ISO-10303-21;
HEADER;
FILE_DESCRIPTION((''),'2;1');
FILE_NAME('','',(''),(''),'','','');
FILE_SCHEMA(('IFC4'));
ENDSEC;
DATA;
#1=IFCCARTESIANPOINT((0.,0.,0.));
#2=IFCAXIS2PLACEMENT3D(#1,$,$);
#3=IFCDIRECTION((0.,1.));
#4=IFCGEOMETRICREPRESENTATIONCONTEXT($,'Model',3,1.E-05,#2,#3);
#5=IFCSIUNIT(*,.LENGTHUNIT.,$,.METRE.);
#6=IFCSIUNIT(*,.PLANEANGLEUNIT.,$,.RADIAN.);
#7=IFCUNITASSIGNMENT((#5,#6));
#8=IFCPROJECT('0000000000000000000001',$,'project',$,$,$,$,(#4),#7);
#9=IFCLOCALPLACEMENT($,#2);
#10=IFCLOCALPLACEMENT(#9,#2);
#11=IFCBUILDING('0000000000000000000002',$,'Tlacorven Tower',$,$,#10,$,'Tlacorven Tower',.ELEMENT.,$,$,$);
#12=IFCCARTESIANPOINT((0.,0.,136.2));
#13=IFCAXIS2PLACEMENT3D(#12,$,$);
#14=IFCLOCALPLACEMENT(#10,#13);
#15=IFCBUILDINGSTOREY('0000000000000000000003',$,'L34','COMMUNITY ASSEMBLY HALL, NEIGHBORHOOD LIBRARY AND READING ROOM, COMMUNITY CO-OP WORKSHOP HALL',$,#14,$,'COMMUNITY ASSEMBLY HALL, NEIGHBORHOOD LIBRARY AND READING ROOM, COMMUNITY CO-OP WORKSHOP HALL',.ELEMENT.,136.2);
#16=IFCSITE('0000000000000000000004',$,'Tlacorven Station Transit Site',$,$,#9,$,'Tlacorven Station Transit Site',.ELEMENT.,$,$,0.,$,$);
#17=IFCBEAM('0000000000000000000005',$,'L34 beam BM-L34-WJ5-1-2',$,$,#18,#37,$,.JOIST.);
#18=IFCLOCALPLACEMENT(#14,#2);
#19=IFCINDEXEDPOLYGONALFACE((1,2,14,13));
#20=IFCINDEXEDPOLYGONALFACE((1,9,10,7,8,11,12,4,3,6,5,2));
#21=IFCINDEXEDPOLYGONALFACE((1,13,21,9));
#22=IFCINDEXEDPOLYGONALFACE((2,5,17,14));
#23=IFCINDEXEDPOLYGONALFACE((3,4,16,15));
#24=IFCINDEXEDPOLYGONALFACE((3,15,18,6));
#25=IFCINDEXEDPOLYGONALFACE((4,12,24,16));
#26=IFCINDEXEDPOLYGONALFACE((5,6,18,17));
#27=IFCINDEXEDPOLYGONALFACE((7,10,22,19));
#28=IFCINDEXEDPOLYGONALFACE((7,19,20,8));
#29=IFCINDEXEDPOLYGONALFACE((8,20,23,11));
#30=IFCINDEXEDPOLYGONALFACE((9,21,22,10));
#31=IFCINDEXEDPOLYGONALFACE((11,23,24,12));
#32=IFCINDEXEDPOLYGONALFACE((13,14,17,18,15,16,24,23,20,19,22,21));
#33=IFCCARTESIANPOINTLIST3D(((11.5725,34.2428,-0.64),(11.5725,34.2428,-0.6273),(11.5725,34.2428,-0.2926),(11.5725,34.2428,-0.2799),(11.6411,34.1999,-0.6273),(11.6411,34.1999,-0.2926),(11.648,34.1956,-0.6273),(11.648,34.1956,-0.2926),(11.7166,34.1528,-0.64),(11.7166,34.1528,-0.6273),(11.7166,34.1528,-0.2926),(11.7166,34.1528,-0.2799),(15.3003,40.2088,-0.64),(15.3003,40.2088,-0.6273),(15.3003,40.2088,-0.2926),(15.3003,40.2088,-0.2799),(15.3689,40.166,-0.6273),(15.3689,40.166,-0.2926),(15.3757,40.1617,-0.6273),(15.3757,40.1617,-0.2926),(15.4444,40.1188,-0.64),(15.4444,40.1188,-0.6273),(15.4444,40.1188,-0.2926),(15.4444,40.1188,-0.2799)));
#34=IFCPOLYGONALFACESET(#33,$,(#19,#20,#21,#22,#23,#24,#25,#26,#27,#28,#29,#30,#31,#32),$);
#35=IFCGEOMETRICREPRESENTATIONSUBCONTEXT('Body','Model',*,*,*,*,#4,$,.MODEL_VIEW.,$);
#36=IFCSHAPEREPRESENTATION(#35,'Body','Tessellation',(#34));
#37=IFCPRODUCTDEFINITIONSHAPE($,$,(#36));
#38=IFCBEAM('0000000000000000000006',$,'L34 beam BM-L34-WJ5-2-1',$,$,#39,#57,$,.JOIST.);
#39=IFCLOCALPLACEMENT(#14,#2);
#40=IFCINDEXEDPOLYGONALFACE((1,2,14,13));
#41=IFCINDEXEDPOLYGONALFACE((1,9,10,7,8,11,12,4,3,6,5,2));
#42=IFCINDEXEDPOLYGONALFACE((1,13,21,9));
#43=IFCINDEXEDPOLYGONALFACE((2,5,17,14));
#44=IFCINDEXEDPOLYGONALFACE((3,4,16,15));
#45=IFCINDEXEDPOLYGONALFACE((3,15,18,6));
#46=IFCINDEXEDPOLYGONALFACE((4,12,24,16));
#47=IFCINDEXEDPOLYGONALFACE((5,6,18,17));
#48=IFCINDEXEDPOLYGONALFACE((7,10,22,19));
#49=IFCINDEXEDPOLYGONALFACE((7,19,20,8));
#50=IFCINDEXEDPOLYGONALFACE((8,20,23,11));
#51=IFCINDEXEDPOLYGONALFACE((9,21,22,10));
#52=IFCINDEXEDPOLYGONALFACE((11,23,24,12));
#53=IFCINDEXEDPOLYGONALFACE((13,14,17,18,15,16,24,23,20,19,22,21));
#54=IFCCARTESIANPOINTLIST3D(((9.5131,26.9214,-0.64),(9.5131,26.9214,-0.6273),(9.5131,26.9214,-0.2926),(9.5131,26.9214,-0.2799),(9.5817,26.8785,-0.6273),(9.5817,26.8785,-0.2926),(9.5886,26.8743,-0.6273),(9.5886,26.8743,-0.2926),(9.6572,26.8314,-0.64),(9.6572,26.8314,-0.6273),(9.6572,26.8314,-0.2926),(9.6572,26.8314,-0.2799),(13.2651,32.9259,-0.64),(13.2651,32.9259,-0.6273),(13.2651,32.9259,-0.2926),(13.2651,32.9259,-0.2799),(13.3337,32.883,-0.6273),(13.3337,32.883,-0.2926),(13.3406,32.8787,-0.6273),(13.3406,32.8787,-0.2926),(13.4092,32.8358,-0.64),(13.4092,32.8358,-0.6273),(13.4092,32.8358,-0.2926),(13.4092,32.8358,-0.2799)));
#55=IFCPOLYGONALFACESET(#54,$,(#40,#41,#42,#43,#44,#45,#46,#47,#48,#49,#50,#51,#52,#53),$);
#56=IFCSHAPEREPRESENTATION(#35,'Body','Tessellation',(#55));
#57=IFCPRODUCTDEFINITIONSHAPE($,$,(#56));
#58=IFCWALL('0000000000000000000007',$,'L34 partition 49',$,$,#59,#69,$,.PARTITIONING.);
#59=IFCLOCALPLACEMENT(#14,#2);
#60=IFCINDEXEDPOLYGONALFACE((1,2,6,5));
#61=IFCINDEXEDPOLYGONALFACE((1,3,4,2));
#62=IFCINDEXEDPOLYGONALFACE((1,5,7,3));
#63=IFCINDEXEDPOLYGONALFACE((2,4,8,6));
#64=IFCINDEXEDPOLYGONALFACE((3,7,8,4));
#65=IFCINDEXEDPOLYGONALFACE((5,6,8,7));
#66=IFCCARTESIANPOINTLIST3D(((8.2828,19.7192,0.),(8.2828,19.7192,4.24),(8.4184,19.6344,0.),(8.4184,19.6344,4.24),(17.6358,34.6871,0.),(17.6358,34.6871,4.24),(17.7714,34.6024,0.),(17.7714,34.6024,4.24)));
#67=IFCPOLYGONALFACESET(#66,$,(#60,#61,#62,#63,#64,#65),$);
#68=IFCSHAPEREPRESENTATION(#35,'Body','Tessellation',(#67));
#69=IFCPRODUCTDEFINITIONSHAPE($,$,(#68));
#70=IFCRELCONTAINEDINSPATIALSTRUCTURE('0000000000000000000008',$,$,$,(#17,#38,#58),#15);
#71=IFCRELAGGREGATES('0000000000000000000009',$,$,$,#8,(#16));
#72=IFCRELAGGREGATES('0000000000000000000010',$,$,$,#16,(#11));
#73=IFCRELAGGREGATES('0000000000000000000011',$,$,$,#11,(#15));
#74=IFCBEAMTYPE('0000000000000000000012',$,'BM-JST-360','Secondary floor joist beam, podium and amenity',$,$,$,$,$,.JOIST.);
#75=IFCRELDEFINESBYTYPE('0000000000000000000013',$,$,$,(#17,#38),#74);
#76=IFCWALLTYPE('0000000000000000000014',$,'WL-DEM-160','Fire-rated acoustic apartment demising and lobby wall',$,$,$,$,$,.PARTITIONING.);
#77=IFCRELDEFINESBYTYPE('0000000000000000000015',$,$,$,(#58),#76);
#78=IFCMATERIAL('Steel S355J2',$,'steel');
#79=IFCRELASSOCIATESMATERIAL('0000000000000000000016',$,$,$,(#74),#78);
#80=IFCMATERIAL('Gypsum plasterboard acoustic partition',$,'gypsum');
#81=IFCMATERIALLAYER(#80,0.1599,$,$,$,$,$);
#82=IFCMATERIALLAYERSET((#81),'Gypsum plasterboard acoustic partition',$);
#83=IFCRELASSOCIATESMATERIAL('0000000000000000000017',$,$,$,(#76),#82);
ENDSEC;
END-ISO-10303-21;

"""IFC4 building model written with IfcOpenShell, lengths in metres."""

from ifc_helpers import new_model, si_unit, direction, frame, frame_2d, origin, origin_2d, place, context, subcontext, project, spatial, rectangle, i_section, extrude, source, transform, mapped, material, layer, layer_set, material_profile, profile_set, type_object, element, save


model = new_model("IFC4")

# Units and contexts
model_context = context("Model", 3, precision=1e-05, world=origin(), true_north=direction((0.0, 1.0)))
body_context = subcontext(model_context, "Body", "Model", "MODEL_VIEW")
ifc_project = project(units=[si_unit("LENGTHUNIT", "METRE"), si_unit("PLANEANGLEUNIT", "RADIAN")], contexts=[model_context])

# Site, building, storey
site_placement = place(None, origin())
site = spatial("IfcSite", under=ifc_project, at=site_placement, Name="Tlacorven Station Transit Site", LongName="Tlacorven Station Transit Site", CompositionType="ELEMENT", RefElevation=0.0)
building_placement = place(site_placement, origin())
building = spatial("IfcBuilding", under=site, at=building_placement, Name="Tlacorven Tower", LongName="Tlacorven Tower", CompositionType="ELEMENT")
storey_placement = place(building_placement, frame((0.0, 0.0, 136.2)))
storey = spatial("IfcBuildingStorey", under=building, at=storey_placement, Name="L34", Description="COMMUNITY ASSEMBLY HALL, NEIGHBORHOOD LIBRARY AND READING ROOM, COMMUNITY CO-OP WORKSHOP HALL", LongName="COMMUNITY ASSEMBLY HALL, NEIGHBORHOOD LIBRARY AND READING ROOM, COMMUNITY CO-OP WORKSHOP HALL", CompositionType="ELEMENT", Elevation=136.2)

# Beams
ifc_material_1 = material(Name="Steel S355J2", Category="steel")
ifc_material_profile_1 = material_profile(ifc_material_1, i_section(OverallWidth=0.1699, OverallDepth=0.3601, WebThickness=0.0081, FlangeThickness=0.0127, at=origin_2d()), Name="IPE 360")
ifc_profile_set_1 = profile_set([ifc_material_profile_1], Name="Steel S355J2")
beam_type_1 = type_object("IfcBeamType", Name="BM-JST-360", Description="Secondary floor joist beam, podium and amenity", PredefinedType="JOIST", material=ifc_profile_set_1)
shared_shape_1 = source(origin(), body_context, "Body", "SweptSolid", [
    extrude(i_section(OverallWidth=0.1699, OverallDepth=0.3601, WebThickness=0.0081, FlangeThickness=0.0127, at=origin_2d()), origin(), (0.0, 0.0, 1.0), 7.0349),
])
beam_1_placement = place(storey_placement, frame((15.3723, 40.1638, -0.46), z_axis=(-0.529896, -0.848063, 0.0), x_axis=(0.848063, -0.529896, 0.0)))
element("IfcBeam", 1, at=beam_1_placement, inside=storey, type_object=beam_type_1, Name="L34 beam BM-L34-WJ5-1-2", PredefinedType="JOIST", context=body_context, shape_type="MappedRepresentation", body=[
    mapped(shared_shape_1, transform((0.0, 0.0, 0.0), scale=1.0)),
])
shared_shape_2 = source(origin(), body_context, "Body", "SweptSolid", [
    extrude(i_section(OverallWidth=0.1699, OverallDepth=0.3601, WebThickness=0.0081, FlangeThickness=0.0127, at=origin_2d()), origin(), (0.0, 0.0, 1.0), 7.0803),
])
beam_2_placement = place(storey_placement, frame((13.3372, 32.8809, -0.46), z_axis=(-0.529918, -0.848049, 0.0), x_axis=(0.848049, -0.529918, 0.0)))
element("IfcBeam", 2, at=beam_2_placement, inside=storey, type_object=beam_type_1, Name="L34 beam BM-L34-WJ5-2-1", PredefinedType="JOIST", context=body_context, shape_type="MappedRepresentation", body=[
    mapped(shared_shape_2, transform((0.0, 0.0, 0.0), scale=1.0)),
])

# Wall
ifc_material_2 = material(Name="Gypsum plasterboard acoustic partition", Category="gypsum")
ifc_layer_1 = layer(ifc_material_2, 0.1599)
ifc_layer_set_1 = layer_set([ifc_layer_1], Name="Gypsum plasterboard acoustic partition")
wall_type_1 = type_object("IfcWallType", Name="WL-DEM-160", Description="Fire-rated acoustic apartment demising and lobby wall", PredefinedType="PARTITIONING", material=ifc_layer_set_1)
wall_1_placement = place(storey_placement, frame((17.7036, 34.6448, 0.0), z_axis=(0.0, 0.0, 1.0), x_axis=(-0.529918, -0.848049, 0.0)))
element("IfcWall", 3, at=wall_1_placement, inside=storey, type_object=wall_type_1, Name="L34 partition 49", PredefinedType="PARTITIONING", context=body_context, shape_type="SweptSolid", body=[
    extrude(rectangle(XDim=17.6499, YDim=0.1599, at=frame_2d((8.825, 0.0))), origin(), (0.0, 0.0, 1.0), 4.24),
])

save(model, "model.ifc")
